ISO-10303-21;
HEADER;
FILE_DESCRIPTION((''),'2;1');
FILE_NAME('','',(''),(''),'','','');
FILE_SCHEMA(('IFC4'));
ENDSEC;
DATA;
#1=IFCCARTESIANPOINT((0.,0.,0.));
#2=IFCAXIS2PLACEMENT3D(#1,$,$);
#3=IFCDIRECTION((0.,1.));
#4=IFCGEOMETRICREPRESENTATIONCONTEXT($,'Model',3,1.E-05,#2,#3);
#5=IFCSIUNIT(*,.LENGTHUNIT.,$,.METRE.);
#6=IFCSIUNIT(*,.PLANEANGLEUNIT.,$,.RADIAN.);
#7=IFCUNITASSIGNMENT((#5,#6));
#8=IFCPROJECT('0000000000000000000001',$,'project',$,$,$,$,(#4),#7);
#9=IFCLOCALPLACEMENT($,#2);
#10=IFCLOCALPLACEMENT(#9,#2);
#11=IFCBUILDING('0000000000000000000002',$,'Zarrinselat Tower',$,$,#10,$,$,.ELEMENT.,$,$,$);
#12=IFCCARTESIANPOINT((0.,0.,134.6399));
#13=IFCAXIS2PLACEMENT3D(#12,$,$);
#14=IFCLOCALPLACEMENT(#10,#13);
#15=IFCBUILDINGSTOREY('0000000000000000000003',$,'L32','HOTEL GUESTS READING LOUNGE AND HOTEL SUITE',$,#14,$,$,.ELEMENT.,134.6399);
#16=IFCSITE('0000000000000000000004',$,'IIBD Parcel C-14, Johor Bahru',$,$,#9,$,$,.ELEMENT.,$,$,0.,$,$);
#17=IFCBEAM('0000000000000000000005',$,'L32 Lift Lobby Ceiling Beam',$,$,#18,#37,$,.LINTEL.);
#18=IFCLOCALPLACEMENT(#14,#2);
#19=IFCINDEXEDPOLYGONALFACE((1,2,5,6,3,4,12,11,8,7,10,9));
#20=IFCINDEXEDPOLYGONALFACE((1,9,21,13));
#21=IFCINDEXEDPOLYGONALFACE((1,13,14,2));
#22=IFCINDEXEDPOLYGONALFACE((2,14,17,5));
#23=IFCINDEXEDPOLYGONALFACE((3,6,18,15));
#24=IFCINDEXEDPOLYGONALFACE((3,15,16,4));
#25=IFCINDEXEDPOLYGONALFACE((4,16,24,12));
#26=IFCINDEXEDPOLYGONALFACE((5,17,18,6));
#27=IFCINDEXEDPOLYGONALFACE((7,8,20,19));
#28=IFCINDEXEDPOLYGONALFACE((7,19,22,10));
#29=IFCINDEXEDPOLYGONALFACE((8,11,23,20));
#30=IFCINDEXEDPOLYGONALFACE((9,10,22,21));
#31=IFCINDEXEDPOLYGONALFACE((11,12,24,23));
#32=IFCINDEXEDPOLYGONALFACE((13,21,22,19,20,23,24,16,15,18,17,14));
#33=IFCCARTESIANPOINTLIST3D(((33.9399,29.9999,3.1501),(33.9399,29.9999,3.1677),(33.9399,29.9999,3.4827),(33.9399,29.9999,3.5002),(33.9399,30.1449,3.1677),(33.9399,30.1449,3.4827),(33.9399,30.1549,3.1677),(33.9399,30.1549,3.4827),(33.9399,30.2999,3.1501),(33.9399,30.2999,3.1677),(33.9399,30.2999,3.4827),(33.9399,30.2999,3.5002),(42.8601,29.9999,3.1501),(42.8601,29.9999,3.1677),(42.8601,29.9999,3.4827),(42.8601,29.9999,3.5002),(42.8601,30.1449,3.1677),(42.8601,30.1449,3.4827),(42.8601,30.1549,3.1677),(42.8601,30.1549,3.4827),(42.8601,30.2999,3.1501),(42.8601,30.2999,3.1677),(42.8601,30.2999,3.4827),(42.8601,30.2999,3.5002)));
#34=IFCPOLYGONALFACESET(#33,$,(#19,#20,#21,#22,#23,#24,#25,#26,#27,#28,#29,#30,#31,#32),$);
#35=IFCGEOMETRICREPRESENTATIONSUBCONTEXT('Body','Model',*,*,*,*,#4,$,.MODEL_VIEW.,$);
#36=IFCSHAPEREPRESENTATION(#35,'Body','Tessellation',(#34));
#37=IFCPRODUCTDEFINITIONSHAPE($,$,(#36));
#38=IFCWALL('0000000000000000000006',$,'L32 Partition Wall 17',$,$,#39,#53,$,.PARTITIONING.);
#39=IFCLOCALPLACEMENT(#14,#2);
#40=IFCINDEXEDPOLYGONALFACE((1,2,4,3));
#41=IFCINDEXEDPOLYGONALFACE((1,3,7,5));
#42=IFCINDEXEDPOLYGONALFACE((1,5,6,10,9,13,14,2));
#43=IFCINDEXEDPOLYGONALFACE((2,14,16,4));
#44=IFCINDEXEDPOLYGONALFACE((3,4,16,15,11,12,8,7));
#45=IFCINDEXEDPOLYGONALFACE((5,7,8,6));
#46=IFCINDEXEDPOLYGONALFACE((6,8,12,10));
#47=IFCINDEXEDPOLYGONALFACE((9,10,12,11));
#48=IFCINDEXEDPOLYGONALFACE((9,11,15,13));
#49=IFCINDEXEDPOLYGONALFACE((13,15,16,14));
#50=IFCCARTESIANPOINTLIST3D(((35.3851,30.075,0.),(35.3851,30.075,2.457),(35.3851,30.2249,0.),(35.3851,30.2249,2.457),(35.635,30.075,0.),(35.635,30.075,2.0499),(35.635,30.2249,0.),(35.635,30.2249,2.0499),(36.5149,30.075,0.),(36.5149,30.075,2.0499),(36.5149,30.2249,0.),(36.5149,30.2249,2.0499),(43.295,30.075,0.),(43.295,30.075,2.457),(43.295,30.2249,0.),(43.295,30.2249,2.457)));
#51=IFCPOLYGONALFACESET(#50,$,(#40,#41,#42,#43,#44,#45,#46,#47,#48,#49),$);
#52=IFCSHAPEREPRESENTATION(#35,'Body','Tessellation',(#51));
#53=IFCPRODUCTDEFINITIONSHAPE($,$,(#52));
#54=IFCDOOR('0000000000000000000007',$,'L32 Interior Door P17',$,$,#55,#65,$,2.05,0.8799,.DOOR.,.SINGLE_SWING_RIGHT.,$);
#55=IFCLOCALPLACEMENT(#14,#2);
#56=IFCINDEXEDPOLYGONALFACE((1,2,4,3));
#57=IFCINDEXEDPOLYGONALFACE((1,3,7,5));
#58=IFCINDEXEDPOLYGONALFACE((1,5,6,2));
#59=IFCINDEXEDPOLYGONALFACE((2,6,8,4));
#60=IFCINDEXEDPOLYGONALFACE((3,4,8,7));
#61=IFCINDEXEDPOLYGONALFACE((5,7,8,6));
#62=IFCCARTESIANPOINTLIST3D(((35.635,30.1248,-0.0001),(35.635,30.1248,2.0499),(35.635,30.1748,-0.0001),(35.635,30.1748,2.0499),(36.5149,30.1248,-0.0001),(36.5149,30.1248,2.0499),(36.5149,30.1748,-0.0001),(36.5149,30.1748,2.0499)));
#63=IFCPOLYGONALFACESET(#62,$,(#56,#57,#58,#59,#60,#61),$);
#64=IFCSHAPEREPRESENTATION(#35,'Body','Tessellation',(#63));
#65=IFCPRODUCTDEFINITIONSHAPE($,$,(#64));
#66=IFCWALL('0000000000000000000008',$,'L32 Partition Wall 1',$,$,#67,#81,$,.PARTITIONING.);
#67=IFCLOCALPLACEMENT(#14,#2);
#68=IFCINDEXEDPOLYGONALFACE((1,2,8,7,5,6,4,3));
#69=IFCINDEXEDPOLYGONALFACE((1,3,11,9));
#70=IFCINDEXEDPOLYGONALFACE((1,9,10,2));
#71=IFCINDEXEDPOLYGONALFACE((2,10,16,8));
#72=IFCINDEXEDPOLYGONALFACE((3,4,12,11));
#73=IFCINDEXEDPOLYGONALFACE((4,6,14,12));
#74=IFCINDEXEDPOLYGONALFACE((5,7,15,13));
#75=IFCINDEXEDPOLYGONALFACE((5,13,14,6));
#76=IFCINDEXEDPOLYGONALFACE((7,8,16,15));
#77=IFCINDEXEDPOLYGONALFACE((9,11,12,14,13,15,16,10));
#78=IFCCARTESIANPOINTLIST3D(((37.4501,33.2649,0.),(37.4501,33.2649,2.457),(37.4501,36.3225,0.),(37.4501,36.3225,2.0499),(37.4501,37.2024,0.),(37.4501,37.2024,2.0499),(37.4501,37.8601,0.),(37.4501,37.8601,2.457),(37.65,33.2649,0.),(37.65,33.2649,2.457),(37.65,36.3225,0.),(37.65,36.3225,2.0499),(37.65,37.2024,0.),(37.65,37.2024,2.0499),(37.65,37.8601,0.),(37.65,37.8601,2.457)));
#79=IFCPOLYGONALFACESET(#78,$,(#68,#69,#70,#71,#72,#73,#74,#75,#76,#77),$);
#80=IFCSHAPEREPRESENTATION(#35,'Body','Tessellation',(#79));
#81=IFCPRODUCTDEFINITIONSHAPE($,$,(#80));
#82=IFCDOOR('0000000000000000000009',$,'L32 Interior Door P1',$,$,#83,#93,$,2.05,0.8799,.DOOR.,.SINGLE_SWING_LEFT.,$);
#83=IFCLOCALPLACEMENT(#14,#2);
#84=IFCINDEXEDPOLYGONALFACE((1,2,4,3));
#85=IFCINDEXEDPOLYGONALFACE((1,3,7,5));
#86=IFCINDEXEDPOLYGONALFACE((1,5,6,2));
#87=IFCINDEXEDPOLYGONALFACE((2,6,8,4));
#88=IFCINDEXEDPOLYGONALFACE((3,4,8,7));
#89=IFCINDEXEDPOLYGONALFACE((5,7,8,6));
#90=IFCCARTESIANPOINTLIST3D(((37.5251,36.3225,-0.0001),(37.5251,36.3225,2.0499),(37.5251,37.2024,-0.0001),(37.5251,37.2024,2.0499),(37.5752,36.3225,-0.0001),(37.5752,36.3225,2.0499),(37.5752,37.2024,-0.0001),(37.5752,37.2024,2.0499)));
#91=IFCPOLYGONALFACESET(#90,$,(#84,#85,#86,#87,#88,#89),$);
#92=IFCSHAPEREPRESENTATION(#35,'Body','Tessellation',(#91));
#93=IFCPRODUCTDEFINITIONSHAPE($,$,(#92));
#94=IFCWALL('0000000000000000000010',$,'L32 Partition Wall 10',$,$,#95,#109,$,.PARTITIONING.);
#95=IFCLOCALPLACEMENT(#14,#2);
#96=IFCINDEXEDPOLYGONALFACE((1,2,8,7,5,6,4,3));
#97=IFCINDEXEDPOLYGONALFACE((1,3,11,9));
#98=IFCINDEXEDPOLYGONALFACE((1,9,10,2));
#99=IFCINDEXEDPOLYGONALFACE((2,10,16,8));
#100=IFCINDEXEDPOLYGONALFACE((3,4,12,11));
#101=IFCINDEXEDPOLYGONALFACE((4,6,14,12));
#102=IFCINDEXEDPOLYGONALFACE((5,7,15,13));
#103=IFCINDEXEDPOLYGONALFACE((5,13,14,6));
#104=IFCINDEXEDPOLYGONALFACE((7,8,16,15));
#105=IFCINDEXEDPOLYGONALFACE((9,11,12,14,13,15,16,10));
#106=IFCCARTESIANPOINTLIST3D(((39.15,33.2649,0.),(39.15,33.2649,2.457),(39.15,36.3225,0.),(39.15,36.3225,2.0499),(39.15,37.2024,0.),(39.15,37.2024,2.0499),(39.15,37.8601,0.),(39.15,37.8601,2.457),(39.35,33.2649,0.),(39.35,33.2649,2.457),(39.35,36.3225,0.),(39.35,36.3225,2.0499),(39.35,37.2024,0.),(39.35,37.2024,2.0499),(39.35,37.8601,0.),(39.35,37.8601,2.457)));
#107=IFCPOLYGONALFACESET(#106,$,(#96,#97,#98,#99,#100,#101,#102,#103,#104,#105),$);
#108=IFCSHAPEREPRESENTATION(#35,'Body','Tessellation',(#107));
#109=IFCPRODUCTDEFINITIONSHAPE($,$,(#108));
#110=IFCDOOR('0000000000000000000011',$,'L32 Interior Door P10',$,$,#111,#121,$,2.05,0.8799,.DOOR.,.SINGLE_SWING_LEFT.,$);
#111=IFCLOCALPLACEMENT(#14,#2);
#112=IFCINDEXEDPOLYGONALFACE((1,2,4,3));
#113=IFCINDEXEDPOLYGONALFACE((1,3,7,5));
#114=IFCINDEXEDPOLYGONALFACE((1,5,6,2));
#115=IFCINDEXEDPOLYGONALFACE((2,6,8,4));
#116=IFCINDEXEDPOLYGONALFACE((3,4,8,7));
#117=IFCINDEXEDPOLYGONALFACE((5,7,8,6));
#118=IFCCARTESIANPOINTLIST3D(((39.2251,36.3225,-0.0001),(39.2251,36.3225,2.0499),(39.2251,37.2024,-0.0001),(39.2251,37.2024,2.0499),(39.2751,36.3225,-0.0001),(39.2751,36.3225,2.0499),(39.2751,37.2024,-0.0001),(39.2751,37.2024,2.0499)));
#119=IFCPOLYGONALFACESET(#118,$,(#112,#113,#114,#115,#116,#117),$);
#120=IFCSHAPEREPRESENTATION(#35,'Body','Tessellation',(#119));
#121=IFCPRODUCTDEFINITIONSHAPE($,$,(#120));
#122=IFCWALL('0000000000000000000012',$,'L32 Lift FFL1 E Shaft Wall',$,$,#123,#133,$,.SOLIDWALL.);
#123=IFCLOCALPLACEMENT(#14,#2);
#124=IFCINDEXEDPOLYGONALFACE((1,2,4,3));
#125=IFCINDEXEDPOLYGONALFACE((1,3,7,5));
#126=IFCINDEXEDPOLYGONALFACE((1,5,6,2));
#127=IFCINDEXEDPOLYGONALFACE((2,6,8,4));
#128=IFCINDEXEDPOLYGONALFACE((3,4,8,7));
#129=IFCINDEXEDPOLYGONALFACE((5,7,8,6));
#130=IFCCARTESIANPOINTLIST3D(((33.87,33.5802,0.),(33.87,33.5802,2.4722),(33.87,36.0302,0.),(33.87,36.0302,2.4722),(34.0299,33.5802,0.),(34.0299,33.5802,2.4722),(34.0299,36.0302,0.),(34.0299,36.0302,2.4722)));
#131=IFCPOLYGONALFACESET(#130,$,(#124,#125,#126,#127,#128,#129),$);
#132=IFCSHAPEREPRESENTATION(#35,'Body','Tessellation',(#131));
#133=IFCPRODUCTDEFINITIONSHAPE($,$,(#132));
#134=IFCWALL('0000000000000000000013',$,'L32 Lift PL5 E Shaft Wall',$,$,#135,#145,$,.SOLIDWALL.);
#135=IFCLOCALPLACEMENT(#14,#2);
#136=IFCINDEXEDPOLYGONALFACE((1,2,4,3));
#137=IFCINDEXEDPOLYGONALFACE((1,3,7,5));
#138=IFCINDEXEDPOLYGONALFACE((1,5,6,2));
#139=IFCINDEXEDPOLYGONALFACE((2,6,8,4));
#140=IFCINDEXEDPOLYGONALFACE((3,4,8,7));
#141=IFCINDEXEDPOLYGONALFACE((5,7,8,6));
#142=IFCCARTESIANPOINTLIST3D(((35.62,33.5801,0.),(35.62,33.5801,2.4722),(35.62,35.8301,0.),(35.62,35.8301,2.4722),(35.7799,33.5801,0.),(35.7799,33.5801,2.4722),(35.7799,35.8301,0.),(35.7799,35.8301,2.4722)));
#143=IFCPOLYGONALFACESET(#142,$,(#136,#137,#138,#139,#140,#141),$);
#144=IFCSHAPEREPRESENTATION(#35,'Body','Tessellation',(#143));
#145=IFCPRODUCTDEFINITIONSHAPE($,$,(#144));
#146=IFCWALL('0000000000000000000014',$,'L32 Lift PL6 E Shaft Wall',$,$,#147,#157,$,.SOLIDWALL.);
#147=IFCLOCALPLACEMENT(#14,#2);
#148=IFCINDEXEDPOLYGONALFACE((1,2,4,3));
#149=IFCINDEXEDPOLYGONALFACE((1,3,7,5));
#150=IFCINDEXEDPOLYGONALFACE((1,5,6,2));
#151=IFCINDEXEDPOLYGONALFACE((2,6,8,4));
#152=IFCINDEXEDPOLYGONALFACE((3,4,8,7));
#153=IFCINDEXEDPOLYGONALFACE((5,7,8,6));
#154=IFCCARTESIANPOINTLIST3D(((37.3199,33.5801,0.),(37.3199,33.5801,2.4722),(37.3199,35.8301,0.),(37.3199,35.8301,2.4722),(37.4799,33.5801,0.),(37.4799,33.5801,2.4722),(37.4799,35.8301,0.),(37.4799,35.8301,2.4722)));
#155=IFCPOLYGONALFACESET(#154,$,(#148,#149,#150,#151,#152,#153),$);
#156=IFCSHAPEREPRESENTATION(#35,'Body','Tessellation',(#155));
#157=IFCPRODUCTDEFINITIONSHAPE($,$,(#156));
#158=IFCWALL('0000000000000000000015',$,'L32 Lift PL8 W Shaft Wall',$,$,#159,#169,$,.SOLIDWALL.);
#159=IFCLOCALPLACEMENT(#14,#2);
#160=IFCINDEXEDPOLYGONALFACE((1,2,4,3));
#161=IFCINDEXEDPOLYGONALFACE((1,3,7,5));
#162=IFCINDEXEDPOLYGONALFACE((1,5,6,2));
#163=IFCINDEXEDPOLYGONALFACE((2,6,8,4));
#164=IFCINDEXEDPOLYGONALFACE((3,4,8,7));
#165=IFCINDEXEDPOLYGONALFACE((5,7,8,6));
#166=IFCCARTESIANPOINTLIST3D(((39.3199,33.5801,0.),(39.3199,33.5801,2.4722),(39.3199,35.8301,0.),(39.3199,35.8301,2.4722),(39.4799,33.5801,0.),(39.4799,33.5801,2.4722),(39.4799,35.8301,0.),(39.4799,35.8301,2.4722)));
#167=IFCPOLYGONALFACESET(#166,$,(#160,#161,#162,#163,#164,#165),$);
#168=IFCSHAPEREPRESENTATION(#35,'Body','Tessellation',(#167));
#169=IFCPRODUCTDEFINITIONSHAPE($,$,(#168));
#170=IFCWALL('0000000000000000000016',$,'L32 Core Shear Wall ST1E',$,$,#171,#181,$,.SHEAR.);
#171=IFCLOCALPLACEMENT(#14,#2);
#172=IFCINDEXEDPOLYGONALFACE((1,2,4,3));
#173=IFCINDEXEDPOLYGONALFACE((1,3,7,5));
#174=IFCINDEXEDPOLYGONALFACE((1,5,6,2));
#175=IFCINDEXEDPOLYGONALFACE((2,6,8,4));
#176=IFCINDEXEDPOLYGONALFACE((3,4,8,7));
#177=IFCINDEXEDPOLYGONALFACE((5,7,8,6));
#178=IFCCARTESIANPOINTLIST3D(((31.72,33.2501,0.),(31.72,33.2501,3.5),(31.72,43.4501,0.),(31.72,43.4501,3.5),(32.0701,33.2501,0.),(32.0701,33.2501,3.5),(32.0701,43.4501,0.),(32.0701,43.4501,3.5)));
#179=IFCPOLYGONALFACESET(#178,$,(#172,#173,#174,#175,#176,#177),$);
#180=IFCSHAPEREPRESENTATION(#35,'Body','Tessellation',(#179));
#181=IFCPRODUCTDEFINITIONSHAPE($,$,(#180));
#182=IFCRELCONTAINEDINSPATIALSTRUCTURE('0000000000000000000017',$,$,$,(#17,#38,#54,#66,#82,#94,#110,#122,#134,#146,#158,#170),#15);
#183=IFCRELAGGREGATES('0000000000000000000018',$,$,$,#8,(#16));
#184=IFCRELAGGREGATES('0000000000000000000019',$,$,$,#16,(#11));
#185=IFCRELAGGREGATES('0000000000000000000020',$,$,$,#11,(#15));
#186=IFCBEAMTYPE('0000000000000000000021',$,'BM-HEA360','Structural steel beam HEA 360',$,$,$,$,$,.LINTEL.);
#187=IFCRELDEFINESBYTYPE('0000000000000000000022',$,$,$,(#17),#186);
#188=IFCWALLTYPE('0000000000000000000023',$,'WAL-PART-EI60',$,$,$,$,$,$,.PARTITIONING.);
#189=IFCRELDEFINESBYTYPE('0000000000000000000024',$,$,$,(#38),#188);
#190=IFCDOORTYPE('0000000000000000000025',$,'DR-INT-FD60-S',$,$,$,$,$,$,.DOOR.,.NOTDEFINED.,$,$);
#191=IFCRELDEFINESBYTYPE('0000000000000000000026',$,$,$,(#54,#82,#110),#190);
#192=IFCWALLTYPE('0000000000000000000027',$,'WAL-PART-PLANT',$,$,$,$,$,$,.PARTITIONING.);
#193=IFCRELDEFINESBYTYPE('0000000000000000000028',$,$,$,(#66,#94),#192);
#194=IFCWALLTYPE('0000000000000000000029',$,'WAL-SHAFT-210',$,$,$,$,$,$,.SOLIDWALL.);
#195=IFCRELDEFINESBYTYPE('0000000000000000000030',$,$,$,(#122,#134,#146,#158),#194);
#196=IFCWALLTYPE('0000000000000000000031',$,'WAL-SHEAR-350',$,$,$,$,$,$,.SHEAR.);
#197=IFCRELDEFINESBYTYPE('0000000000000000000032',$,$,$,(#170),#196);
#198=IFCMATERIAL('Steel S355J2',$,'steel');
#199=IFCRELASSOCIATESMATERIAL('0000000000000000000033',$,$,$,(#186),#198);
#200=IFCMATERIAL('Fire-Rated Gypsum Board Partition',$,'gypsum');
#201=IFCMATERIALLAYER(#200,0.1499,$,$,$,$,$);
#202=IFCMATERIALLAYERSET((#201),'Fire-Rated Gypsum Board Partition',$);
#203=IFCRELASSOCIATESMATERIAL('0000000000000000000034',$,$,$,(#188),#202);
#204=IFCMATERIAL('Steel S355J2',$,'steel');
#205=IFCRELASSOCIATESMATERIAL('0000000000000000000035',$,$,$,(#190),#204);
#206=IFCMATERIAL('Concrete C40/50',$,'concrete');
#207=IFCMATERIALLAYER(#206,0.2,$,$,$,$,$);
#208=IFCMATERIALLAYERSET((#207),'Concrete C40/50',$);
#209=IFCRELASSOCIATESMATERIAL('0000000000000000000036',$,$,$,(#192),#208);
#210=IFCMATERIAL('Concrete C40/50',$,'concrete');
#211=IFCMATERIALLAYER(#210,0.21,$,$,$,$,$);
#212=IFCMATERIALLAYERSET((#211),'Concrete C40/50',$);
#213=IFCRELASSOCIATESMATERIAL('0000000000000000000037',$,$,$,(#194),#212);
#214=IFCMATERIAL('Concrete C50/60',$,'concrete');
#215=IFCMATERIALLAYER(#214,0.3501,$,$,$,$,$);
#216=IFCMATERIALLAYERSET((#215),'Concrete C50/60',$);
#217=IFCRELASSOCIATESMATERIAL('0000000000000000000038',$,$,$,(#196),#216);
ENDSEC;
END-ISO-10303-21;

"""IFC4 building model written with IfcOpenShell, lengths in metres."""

from ifc_helpers import new_model, si_unit, direction, frame, frame_2d, origin, origin_2d, place, context, subcontext, project, spatial, rectangle, i_section, extrude, material, layer, layer_set, material_profile, profile_set, type_object, element, fill, save


model = new_model("IFC4")

# Units and contexts
model_context = context("Model", 3, precision=1e-05, world=origin(), true_north=direction((0.0, 1.0)))
body_context = subcontext(model_context, "Body", "Model", "MODEL_VIEW")
ifc_project = project(units=[si_unit("LENGTHUNIT", "METRE"), si_unit("PLANEANGLEUNIT", "RADIAN")], contexts=[model_context])

# Site, building, storey
site_placement = place(None, origin())
site = spatial("IfcSite", under=ifc_project, at=site_placement, Name="IIBD Parcel C-14, Johor Bahru", CompositionType="ELEMENT", RefElevation=0.0)
building_placement = place(site_placement, origin())
building = spatial("IfcBuilding", under=site, at=building_placement, Name="Zarrinselat Tower", CompositionType="ELEMENT")
storey_placement = place(building_placement, frame((0.0, 0.0, 134.6399)))
storey = spatial("IfcBuildingStorey", under=building, at=storey_placement, Name="L32", Description="HOTEL GUESTS READING LOUNGE AND HOTEL SUITE", CompositionType="ELEMENT", Elevation=134.6399)

# Beam
ifc_material_1 = material(Name="Steel S355J2", Category="steel")
ifc_material_profile = material_profile(ifc_material_1, i_section(OverallWidth=0.3, OverallDepth=0.3501, WebThickness=0.01, FlangeThickness=0.0176, at=origin_2d()), Name="HEA 360")
ifc_profile_set = profile_set([ifc_material_profile], Name="Steel S355J2")
beam_type = type_object("IfcBeamType", Name="BM-HEA360", Description="Structural steel beam HEA 360", PredefinedType="LINTEL", material=ifc_profile_set)
beam_placement = place(storey_placement, frame((33.9399, 30.1499, 3.3252), z_axis=(1.0, 0.0, 0.0), x_axis=(0.0, 1.0, 0.0)))
element("IfcBeam", 1, at=beam_placement, inside=storey, type_object=beam_type, Name="L32 Lift Lobby Ceiling Beam", PredefinedType="LINTEL", context=body_context, shape_type="SweptSolid", body=[
    extrude(i_section(OverallWidth=0.3, OverallDepth=0.3501, WebThickness=0.01, FlangeThickness=0.0176, at=origin_2d()), origin(), (0.0, 0.0, 1.0), 8.9202),
])

# Walls, openings, doors
ifc_material_2 = material(Name="Fire-Rated Gypsum Board Partition", Category="gypsum")
ifc_layer_1 = layer(ifc_material_2, 0.1499)
ifc_layer_set_1 = layer_set([ifc_layer_1], Name="Fire-Rated Gypsum Board Partition")
wall_type_1 = type_object("IfcWallType", Name="WAL-PART-EI60", PredefinedType="PARTITIONING", material=ifc_layer_set_1)
wall_1_placement = place(storey_placement, frame((35.385, 30.1499, 0.0), z_axis=(0.0, 0.0, 1.0), x_axis=(1.0, 0.0, 0.0)))
wall_1 = element("IfcWall", 2, at=wall_1_placement, inside=storey, type_object=wall_type_1, Name="L32 Partition Wall 17", PredefinedType="PARTITIONING", context=body_context, shape_type="SweptSolid", body=[
    extrude(rectangle(XDim=7.9099, YDim=0.1499, at=frame_2d((3.9551, 0.0))), origin(), (0.0, 0.0, 1.0), 2.457),
])
opening_1_placement = place(wall_1_placement, frame((0.25, 0.0, 0.0)))
opening_1 = element("IfcOpeningElement", 3, at=opening_1_placement, cuts=wall_1, PredefinedType="OPENING", context=body_context, shape_type="SweptSolid", body=[
    extrude(rectangle(XDim=0.8799, YDim=2.05, at=frame_2d((0.4399, 1.0249))), frame((0.0, 0.085, 0.0), z_axis=(0.0, -1.0, 0.0), x_axis=(1.0, 0.0, 0.0)), (0.0, 0.0, 1.0), 0.1699),
])
ifc_material_3 = material(Name="Steel S355J2", Category="steel")
door_type = type_object("IfcDoorType", Name="DR-INT-FD60-S", OperationType="NOTDEFINED", PredefinedType="DOOR", material=ifc_material_3)
door_1_placement = place(opening_1_placement, origin())
door_1 = element("IfcDoor", 4, at=door_1_placement, inside=storey, type_object=door_type, Name="L32 Interior Door P17", OperationType="SINGLE_SWING_RIGHT", OverallHeight=2.05, OverallWidth=0.8799, PredefinedType="DOOR", context=body_context, shape_type="SweptSolid", body=[
    extrude(rectangle(XDim=0.8799, YDim=2.05, at=frame_2d((0.4399, 1.0249))), frame((0.0, 0.0249, 0.0), z_axis=(0.0, -1.0, 0.0), x_axis=(1.0, 0.0, 0.0)), (0.0, 0.0, 1.0), 0.05),
])
fill(opening_1, door_1)
ifc_material_4 = material(Name="Concrete C40/50", Category="concrete")
ifc_layer_2 = layer(ifc_material_4, 0.2)
ifc_layer_set_2 = layer_set([ifc_layer_2], Name="Concrete C40/50")
wall_type_2 = type_object("IfcWallType", Name="WAL-PART-PLANT", PredefinedType="PARTITIONING", material=ifc_layer_set_2)
wall_2_placement = place(storey_placement, frame((37.55, 33.2649, 0.0), z_axis=(0.0, 0.0, 1.0), x_axis=(0.0, 1.0, 0.0)))
wall_2 = element("IfcWall", 5, at=wall_2_placement, inside=storey, type_object=wall_type_2, Name="L32 Partition Wall 1", PredefinedType="PARTITIONING", context=body_context, shape_type="SweptSolid", body=[
    extrude(rectangle(XDim=4.5952, YDim=0.2, at=frame_2d((2.2976, 0.0))), origin(), (0.0, 0.0, 1.0), 2.457),
])
opening_2_placement = place(wall_2_placement, frame((3.0576, 0.0, 0.0)))
opening_2 = element("IfcOpeningElement", 6, at=opening_2_placement, cuts=wall_2, PredefinedType="OPENING", context=body_context, shape_type="SweptSolid", body=[
    extrude(rectangle(XDim=0.8799, YDim=2.05, at=frame_2d((0.4399, 1.0249))), frame((0.0, 0.1099, 0.0), z_axis=(0.0, -1.0, 0.0), x_axis=(1.0, 0.0, 0.0)), (0.0, 0.0, 1.0), 0.22),
])
door_2_placement = place(opening_2_placement, origin())
door_2 = element("IfcDoor", 7, at=door_2_placement, inside=storey, type_object=door_type, Name="L32 Interior Door P1", OperationType="SINGLE_SWING_LEFT", OverallHeight=2.05, OverallWidth=0.8799, PredefinedType="DOOR", context=body_context, shape_type="SweptSolid", body=[
    extrude(rectangle(XDim=0.8799, YDim=2.05, at=frame_2d((0.4399, 1.0249))), frame((0.0, 0.0249, 0.0), z_axis=(0.0, -1.0, 0.0), x_axis=(1.0, 0.0, 0.0)), (0.0, 0.0, 1.0), 0.05),
])
fill(opening_2, door_2)
wall_3_placement = place(storey_placement, frame((39.25, 33.2649, 0.0), z_axis=(0.0, 0.0, 1.0), x_axis=(0.0, 1.0, 0.0)))
wall_3 = element("IfcWall", 8, at=wall_3_placement, inside=storey, type_object=wall_type_2, Name="L32 Partition Wall 10", PredefinedType="PARTITIONING", context=body_context, shape_type="SweptSolid", body=[
    extrude(rectangle(XDim=4.5952, YDim=0.2, at=frame_2d((2.2976, 0.0))), origin(), (0.0, 0.0, 1.0), 2.457),
])
opening_3_placement = place(wall_3_placement, frame((3.0576, 0.0, 0.0)))
opening_3 = element("IfcOpeningElement", 9, at=opening_3_placement, cuts=wall_3, PredefinedType="OPENING", context=body_context, shape_type="SweptSolid", body=[
    extrude(rectangle(XDim=0.8799, YDim=2.05, at=frame_2d((0.4399, 1.0249))), frame((0.0, 0.1099, 0.0), z_axis=(0.0, -1.0, 0.0), x_axis=(1.0, 0.0, 0.0)), (0.0, 0.0, 1.0), 0.22),
])
door_3_placement = place(opening_3_placement, origin())
door_3 = element("IfcDoor", 10, at=door_3_placement, inside=storey, type_object=door_type, Name="L32 Interior Door P10", OperationType="SINGLE_SWING_LEFT", OverallHeight=2.05, OverallWidth=0.8799, PredefinedType="DOOR", context=body_context, shape_type="SweptSolid", body=[
    extrude(rectangle(XDim=0.8799, YDim=2.05, at=frame_2d((0.4399, 1.0249))), frame((0.0, 0.0249, 0.0), z_axis=(0.0, -1.0, 0.0), x_axis=(1.0, 0.0, 0.0)), (0.0, 0.0, 1.0), 0.05),
])
fill(opening_3, door_3)

# Walls
ifc_material_5 = material(Name="Concrete C40/50", Category="concrete")
ifc_layer_3 = layer(ifc_material_5, 0.21)
ifc_layer_set_3 = layer_set([ifc_layer_3], Name="Concrete C40/50")
wall_type_3 = type_object("IfcWallType", Name="WAL-SHAFT-210", PredefinedType="SOLIDWALL", material=ifc_layer_set_3)
wall_4_placement = place(storey_placement, frame((33.95, 33.5801, 0.0), z_axis=(0.0, 0.0, 1.0), x_axis=(0.0, 1.0, 0.0)))
element("IfcWall", 11, at=wall_4_placement, inside=storey, type_object=wall_type_3, Name="L32 Lift FFL1 E Shaft Wall", PredefinedType="SOLIDWALL", context=body_context, shape_type="SweptSolid", body=[
    extrude(rectangle(XDim=2.45, YDim=0.1599, at=frame_2d((1.2251, 0.0))), origin(), (0.0, 0.0, 1.0), 2.4722),
])
for number, where, z_axis, x_axis, name in (
    (12, (35.7, 33.5801, 0.0), (0.0, 0.0, 1.0), (0.0, 1.0, 0.0), "L32 Lift PL5 E Shaft Wall"),
    (13, (37.3999, 33.5801, 0.0), (0.0, 0.0, 1.0), (0.0, 1.0, 0.0), "L32 Lift PL6 E Shaft Wall"),
    (14, (39.3999, 33.5801, 0.0), (0.0, 0.0, 1.0), (0.0, 1.0, 0.0), "L32 Lift PL8 W Shaft Wall"),
):
    element("IfcWall", number, at=place(storey_placement, frame(where, z_axis=z_axis, x_axis=x_axis)), inside=storey, type_object=wall_type_3, Name=name, PredefinedType="SOLIDWALL", context=body_context, shape_type="SweptSolid", body=[
        extrude(rectangle(XDim=2.25, YDim=0.1599, at=frame_2d((1.125, 0.0))), origin(), (0.0, 0.0, 1.0), 2.4722),
    ])
ifc_material_6 = material(Name="Concrete C50/60", Category="concrete")
ifc_layer_4 = layer(ifc_material_6, 0.3501)
ifc_layer_set_4 = layer_set([ifc_layer_4], Name="Concrete C50/60")
wall_type_4 = type_object("IfcWallType", Name="WAL-SHEAR-350", PredefinedType="SHEAR", material=ifc_layer_set_4)
wall_5_placement = place(storey_placement, frame((31.895, 33.25, 0.0), z_axis=(0.0, 0.0, 1.0), x_axis=(0.0, 1.0, 0.0)))
element("IfcWall", 15, at=wall_5_placement, inside=storey, type_object=wall_type_4, Name="L32 Core Shear Wall ST1E", PredefinedType="SHEAR", context=body_context, shape_type="SweptSolid", body=[
    extrude(rectangle(XDim=10.2, YDim=0.3501, at=frame_2d((5.1001, 0.0))), origin(), (0.0, 0.0, 1.0), 3.5),
])

save(model, "model.ifc")
